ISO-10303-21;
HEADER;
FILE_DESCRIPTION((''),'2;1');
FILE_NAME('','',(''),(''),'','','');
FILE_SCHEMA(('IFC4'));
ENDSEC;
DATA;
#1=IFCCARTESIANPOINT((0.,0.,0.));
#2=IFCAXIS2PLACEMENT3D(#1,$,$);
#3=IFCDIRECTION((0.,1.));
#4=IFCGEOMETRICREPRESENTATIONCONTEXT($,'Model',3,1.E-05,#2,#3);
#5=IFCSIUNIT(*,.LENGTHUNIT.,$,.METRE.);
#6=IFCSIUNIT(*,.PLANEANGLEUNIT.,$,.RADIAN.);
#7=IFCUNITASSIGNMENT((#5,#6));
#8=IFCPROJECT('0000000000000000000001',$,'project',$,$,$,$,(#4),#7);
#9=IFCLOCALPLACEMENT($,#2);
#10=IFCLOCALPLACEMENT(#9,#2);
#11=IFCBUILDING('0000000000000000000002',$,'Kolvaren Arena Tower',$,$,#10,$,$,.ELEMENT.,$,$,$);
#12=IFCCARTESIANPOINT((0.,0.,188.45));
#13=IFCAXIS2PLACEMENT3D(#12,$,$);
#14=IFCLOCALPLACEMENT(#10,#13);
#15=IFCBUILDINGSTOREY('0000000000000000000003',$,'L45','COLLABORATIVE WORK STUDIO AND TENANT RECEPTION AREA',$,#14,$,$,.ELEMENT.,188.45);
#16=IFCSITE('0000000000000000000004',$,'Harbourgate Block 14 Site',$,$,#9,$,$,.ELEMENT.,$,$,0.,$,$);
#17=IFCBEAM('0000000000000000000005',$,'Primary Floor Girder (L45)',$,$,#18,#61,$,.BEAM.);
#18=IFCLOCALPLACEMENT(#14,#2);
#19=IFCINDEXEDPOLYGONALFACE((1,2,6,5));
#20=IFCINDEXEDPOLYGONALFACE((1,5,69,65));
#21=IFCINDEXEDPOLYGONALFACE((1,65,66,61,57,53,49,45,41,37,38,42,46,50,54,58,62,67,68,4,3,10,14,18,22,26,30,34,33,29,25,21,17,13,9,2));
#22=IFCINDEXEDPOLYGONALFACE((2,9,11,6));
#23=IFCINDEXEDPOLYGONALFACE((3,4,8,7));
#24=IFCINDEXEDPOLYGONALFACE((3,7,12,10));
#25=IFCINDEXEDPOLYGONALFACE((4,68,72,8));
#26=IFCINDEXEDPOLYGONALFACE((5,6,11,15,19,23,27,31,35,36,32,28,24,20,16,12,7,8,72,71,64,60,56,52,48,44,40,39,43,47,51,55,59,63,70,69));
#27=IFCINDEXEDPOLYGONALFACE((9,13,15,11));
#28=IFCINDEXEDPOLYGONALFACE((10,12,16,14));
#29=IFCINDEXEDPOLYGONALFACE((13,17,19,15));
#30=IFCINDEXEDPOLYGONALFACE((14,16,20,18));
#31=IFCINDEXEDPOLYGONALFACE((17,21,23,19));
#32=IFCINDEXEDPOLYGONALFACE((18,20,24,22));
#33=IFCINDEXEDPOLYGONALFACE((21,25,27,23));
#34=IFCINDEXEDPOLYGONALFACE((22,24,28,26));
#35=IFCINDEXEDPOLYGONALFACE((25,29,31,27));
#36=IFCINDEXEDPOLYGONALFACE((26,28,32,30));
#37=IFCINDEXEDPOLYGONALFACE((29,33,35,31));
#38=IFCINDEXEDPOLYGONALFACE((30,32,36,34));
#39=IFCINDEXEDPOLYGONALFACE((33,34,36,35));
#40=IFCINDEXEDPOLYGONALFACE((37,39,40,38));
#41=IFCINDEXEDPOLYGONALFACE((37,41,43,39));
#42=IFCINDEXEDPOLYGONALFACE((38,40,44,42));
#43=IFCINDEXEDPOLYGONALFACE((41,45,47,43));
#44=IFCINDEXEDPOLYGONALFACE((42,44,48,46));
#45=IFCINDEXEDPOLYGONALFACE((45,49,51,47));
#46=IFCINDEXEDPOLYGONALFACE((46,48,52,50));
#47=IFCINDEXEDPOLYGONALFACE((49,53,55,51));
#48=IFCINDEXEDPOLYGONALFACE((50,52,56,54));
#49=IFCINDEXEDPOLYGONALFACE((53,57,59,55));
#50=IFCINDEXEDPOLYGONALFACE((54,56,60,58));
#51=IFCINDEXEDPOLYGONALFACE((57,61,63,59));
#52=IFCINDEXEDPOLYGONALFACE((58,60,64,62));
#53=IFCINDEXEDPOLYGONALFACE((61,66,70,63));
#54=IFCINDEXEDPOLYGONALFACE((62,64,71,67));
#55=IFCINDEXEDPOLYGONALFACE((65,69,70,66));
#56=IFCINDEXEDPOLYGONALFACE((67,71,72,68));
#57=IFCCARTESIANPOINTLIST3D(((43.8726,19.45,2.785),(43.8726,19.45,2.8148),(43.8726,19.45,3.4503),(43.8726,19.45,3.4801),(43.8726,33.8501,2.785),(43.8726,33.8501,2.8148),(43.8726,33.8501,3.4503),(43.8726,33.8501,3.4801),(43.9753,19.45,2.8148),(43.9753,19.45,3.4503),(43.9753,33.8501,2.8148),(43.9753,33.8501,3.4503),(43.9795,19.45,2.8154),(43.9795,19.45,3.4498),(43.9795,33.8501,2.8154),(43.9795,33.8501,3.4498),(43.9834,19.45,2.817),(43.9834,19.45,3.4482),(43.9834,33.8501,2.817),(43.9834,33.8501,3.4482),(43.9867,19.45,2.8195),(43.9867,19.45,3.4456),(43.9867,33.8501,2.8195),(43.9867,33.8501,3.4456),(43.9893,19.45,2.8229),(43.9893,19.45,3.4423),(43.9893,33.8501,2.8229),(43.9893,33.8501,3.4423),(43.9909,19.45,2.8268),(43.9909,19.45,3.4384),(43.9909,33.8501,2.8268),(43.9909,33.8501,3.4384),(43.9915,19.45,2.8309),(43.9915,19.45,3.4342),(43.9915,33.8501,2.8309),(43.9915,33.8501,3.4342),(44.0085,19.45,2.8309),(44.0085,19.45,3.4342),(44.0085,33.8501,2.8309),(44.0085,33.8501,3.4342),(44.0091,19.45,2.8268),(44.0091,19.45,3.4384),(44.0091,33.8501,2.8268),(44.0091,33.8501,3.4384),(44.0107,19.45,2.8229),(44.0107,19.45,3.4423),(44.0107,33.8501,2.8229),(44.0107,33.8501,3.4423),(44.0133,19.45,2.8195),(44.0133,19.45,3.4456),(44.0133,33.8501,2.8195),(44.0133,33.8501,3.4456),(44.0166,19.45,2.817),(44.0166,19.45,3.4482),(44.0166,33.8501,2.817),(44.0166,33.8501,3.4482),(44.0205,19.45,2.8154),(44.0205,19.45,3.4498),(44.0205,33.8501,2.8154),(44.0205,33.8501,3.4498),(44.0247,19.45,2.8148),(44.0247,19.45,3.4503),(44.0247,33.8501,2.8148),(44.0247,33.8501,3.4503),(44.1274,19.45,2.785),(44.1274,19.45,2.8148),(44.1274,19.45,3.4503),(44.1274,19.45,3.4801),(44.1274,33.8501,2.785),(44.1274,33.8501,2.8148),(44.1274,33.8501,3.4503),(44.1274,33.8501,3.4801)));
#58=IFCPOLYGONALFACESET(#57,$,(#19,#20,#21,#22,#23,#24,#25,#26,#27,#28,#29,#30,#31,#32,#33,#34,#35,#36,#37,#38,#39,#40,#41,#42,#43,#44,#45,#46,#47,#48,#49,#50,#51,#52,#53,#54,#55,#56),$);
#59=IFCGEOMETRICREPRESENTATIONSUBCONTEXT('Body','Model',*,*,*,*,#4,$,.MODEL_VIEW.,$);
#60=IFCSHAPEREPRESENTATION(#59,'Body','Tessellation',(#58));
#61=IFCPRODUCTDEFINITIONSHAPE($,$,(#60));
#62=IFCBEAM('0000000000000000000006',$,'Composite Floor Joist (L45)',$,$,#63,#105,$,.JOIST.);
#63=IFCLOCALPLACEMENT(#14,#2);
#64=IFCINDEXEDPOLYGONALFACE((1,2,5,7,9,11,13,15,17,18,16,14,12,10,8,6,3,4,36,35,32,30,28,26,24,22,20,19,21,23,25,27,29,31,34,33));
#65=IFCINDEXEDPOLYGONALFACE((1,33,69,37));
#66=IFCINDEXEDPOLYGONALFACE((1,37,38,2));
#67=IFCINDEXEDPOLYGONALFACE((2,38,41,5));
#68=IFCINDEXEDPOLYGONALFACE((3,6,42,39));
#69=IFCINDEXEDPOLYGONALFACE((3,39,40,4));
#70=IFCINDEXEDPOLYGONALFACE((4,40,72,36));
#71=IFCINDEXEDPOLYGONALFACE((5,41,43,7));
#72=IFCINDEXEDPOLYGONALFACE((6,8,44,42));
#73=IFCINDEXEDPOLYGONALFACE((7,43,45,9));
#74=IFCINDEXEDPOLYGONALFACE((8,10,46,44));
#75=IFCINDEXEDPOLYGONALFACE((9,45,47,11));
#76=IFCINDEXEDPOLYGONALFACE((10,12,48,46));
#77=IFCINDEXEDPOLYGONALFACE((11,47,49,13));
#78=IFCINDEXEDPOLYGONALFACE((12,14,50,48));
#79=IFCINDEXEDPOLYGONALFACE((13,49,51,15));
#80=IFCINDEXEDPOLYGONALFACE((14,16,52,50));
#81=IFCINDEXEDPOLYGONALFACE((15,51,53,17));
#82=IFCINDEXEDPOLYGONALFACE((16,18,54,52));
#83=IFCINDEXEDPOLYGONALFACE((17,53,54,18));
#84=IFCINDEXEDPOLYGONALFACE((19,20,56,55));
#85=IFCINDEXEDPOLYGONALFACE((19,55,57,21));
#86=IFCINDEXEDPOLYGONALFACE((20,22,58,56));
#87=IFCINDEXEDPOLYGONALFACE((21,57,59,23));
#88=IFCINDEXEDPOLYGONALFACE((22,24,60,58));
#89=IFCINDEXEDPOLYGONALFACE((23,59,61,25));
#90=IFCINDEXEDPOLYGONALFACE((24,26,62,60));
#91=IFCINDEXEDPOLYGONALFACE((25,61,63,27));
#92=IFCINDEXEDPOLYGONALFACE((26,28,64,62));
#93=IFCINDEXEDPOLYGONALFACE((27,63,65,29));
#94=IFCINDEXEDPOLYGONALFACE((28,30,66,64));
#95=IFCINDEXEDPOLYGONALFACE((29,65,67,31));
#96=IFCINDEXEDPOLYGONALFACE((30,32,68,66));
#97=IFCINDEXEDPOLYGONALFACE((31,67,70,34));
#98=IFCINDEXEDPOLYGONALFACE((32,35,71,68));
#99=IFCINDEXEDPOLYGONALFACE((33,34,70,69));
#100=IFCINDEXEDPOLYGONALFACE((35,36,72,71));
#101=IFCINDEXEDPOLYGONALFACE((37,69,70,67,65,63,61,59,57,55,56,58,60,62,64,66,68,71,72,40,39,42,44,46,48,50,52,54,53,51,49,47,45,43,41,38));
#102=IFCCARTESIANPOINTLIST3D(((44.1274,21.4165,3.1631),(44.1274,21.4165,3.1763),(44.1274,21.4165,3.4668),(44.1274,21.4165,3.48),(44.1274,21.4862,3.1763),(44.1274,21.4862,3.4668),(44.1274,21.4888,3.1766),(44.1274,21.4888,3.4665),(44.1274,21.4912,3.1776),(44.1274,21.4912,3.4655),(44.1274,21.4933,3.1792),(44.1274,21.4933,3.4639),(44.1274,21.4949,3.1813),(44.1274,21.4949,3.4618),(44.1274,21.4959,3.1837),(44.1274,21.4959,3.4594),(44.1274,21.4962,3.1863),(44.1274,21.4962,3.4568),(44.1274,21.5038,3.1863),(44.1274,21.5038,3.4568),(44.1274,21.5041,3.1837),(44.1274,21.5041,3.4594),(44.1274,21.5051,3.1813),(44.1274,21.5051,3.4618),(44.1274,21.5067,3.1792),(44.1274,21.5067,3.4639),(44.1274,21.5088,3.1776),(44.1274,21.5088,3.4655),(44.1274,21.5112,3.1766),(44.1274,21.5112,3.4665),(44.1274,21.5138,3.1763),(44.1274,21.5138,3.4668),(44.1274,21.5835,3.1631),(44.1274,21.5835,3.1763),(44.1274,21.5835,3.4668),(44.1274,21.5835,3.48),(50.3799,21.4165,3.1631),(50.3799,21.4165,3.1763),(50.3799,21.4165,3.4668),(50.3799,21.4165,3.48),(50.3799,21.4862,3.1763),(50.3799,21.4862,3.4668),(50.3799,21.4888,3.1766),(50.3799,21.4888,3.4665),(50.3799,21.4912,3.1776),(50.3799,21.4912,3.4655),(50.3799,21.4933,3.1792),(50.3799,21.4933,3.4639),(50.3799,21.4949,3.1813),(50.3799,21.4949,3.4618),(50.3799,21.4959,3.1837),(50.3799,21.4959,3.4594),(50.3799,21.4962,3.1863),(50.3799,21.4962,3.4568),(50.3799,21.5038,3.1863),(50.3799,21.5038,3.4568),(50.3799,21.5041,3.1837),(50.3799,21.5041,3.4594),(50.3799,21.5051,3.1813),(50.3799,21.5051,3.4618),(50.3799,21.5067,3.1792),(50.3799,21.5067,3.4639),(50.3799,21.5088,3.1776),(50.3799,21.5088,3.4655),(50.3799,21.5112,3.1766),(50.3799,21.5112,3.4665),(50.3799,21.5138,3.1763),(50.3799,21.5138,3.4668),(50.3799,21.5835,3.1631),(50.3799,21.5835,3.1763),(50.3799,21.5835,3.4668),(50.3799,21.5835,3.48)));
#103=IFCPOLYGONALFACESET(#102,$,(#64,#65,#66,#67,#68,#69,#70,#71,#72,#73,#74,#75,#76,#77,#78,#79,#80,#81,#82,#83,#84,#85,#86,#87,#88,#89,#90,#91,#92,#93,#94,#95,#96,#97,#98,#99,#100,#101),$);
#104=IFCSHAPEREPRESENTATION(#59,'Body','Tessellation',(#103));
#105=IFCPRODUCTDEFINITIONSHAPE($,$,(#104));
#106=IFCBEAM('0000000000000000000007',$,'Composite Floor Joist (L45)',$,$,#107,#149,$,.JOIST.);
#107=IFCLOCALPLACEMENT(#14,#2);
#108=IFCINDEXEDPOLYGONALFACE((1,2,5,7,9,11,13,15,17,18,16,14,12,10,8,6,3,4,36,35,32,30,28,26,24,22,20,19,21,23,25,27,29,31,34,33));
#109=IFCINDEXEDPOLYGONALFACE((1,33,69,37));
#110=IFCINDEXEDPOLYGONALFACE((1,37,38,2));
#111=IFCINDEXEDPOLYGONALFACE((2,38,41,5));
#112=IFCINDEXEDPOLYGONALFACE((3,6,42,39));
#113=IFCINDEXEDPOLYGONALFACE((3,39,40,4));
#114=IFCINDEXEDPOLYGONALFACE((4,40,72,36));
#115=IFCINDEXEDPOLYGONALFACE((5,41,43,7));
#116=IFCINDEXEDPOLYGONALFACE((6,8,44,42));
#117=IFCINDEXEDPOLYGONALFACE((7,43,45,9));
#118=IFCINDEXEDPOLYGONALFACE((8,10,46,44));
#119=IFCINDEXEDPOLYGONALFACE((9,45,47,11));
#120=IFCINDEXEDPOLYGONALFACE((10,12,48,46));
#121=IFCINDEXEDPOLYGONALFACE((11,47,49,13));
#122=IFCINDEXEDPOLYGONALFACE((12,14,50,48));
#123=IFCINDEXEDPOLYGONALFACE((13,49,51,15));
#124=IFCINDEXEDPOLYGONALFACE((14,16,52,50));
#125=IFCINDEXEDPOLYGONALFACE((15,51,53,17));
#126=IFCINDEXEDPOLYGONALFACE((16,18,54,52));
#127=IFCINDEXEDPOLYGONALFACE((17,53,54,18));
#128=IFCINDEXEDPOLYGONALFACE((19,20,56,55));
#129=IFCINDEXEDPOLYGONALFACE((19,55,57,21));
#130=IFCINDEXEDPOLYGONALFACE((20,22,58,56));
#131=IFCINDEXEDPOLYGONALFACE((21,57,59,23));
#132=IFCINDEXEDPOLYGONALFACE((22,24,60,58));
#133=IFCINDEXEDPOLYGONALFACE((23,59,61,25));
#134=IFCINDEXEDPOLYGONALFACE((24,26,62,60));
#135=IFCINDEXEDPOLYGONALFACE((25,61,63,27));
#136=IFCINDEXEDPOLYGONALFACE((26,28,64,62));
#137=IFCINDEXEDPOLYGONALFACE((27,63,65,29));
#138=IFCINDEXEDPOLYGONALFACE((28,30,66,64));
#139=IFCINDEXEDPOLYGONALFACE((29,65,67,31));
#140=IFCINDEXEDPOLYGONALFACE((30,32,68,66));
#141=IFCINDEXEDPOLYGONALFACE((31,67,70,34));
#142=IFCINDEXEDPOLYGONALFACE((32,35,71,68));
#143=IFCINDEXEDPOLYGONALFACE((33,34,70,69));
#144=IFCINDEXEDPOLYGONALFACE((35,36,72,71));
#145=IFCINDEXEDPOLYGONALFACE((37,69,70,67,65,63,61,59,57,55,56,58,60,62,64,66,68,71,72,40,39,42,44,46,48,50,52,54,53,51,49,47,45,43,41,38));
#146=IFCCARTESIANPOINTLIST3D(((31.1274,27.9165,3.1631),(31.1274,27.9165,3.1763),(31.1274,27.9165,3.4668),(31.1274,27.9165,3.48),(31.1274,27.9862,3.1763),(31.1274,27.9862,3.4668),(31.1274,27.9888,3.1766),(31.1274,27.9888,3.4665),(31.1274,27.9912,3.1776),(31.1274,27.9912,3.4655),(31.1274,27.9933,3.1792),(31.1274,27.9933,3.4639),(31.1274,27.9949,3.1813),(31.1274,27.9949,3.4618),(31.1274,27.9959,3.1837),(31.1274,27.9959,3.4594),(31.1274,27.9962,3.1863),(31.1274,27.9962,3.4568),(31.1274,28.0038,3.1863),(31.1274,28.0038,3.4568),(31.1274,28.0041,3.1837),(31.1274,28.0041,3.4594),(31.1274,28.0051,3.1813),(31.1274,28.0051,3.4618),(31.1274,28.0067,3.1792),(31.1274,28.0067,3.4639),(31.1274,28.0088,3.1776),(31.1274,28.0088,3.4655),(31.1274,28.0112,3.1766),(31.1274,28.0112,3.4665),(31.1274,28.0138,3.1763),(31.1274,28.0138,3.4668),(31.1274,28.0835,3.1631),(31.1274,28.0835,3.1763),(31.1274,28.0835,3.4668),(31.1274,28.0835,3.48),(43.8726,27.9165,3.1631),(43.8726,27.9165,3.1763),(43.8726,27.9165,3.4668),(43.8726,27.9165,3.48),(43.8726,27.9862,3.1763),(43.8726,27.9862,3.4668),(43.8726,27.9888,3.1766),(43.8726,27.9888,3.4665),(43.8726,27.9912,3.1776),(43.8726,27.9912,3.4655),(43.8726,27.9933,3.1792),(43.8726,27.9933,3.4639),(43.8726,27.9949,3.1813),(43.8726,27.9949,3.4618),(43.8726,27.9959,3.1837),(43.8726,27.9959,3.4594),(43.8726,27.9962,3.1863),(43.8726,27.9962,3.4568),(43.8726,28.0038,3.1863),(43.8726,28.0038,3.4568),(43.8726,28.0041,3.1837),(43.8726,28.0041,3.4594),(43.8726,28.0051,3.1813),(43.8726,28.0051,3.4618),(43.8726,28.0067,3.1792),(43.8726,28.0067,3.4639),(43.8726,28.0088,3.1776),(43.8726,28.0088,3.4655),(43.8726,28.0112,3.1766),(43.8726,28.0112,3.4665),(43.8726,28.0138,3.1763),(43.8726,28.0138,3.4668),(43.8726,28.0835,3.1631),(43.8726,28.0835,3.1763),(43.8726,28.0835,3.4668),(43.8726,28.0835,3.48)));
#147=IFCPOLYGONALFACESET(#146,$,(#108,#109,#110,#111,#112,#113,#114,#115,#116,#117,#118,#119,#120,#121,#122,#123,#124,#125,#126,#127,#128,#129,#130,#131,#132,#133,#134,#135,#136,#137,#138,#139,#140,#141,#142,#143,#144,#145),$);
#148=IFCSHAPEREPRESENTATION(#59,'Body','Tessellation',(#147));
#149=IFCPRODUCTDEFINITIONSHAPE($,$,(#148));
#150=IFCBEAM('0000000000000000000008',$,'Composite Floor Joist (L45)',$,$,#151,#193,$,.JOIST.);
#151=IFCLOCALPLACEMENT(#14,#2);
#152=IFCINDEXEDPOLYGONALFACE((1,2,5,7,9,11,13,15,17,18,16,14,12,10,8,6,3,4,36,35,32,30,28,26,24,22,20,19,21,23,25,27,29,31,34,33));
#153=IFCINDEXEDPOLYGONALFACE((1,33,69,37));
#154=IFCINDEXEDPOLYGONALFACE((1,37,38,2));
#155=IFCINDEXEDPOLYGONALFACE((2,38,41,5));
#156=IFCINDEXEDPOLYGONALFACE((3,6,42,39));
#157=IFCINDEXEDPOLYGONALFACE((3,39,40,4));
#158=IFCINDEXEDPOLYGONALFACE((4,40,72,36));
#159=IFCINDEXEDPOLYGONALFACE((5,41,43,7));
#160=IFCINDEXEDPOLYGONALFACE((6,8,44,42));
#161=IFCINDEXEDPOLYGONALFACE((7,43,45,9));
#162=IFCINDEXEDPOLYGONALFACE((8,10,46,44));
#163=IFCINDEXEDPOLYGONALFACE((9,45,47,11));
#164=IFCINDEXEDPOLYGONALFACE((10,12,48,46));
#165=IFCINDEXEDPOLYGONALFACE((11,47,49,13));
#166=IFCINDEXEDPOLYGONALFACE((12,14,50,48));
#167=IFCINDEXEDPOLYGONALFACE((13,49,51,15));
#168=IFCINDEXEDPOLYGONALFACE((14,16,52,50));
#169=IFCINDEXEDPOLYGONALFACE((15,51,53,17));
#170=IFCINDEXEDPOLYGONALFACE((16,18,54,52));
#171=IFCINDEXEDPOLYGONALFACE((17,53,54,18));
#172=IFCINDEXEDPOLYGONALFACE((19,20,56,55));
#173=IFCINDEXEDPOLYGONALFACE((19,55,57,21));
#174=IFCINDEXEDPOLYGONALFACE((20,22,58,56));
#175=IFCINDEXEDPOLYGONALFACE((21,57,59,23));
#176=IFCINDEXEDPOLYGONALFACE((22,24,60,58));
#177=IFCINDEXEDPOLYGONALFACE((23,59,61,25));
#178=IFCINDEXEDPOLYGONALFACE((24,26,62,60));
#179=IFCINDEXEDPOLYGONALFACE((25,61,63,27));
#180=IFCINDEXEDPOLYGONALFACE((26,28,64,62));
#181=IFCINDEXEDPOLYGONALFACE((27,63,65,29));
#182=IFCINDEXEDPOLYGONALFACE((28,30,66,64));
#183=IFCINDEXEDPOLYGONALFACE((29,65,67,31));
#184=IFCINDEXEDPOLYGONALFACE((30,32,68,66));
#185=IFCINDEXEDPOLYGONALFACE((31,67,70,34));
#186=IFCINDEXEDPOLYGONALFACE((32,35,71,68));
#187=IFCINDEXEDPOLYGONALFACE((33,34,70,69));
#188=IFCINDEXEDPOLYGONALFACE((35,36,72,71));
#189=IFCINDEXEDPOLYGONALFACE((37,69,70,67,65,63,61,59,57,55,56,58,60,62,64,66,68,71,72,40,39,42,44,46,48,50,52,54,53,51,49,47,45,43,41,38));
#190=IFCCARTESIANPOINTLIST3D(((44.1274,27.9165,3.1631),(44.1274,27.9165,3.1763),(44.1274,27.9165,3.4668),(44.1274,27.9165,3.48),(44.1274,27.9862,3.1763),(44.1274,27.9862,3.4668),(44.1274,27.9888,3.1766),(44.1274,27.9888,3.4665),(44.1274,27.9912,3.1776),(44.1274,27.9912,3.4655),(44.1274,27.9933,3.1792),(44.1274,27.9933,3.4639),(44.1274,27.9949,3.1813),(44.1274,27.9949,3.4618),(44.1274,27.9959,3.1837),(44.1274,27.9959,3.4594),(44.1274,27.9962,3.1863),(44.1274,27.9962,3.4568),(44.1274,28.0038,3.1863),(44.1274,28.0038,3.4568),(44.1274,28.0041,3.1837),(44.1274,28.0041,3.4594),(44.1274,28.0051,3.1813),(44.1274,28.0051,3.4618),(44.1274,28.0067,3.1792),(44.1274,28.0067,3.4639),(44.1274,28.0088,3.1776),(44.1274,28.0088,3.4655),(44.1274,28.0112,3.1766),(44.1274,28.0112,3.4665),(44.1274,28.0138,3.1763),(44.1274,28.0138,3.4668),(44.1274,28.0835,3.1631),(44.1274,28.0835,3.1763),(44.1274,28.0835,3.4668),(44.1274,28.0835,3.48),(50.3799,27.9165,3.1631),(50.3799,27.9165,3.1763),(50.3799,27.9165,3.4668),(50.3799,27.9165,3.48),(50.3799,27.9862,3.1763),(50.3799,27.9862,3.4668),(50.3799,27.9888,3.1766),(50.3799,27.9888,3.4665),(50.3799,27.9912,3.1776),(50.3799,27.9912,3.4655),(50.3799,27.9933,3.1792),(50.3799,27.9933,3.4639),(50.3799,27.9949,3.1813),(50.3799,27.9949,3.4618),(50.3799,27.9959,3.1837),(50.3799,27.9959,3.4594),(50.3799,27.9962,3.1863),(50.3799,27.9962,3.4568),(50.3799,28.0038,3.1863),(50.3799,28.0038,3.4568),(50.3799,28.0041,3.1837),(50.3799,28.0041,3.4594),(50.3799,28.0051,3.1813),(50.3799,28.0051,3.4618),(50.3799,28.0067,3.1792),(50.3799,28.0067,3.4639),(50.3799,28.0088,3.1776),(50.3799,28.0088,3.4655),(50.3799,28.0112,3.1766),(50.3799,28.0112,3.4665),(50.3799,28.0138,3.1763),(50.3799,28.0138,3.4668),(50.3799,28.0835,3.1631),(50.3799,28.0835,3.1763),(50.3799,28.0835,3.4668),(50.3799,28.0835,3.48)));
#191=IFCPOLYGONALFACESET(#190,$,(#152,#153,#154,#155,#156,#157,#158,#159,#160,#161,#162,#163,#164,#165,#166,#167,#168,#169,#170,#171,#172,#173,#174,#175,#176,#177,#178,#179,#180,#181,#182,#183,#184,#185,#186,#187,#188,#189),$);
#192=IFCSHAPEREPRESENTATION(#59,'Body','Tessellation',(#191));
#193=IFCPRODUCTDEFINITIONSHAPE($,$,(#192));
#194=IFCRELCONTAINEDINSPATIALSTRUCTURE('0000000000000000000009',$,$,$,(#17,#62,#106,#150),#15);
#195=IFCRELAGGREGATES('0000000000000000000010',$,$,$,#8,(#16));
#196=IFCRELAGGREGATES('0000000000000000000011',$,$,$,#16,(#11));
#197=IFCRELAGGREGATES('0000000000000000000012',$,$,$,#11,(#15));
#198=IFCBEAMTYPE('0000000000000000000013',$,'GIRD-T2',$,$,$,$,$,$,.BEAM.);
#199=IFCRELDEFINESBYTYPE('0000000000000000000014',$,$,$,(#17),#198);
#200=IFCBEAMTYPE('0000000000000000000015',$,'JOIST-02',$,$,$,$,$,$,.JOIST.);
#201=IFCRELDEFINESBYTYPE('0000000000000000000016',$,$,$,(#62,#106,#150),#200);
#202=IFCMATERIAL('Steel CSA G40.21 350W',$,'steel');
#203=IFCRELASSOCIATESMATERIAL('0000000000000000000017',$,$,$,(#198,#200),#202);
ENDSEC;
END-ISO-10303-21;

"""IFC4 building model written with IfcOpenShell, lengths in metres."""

from ifc_helpers import new_model, si_unit, direction, frame, origin, origin_2d, place, context, subcontext, project, spatial, i_section, extrude, material, material_profile, profile_set, type_object, element, save


model = new_model("IFC4")

# Units and contexts
model_context = context("Model", 3, precision=1e-05, world=origin(), true_north=direction((0.0, 1.0)))
body_context = subcontext(model_context, "Body", "Model", "MODEL_VIEW")
ifc_project = project(units=[si_unit("LENGTHUNIT", "METRE"), si_unit("PLANEANGLEUNIT", "RADIAN")], contexts=[model_context])

# Site, building, storey
site_placement = place(None, origin())
site = spatial("IfcSite", under=ifc_project, at=site_placement, Name="Harbourgate Block 14 Site", CompositionType="ELEMENT", RefElevation=0.0)
building_placement = place(site_placement, origin())
building = spatial("IfcBuilding", under=site, at=building_placement, Name="Kolvaren Arena Tower", CompositionType="ELEMENT")
storey_placement = place(building_placement, frame((0.0, 0.0, 188.45)))
storey = spatial("IfcBuildingStorey", under=building, at=storey_placement, Name="L45", Description="COLLABORATIVE WORK STUDIO AND TENANT RECEPTION AREA", CompositionType="ELEMENT", Elevation=188.45)

# Beams
ifc_material_1 = material(Name="Steel CSA G40.21 350W", Category="steel")
ifc_material_profile_1 = material_profile(ifc_material_1, i_section(OverallWidth=0.2549, OverallDepth=0.6951, WebThickness=0.0171, FlangeThickness=0.0298, FilletRadius=0.0161, at=origin_2d()), Name="W690x217")
ifc_profile_set_1 = profile_set([ifc_material_profile_1], Name="Steel CSA G40.21 350W")
beam_type_1 = type_object("IfcBeamType", Name="GIRD-T2", PredefinedType="BEAM", material=ifc_profile_set_1)
beam_1_placement = place(storey_placement, frame((44.0, 19.45, 3.1326), z_axis=(0.0, 1.0, 0.0), x_axis=(-1.0, 0.0, 0.0)))
element("IfcBeam", 1, at=beam_1_placement, inside=storey, type_object=beam_type_1, Name="Primary Floor Girder (L45)", PredefinedType="BEAM", context=body_context, shape_type="SweptSolid", body=[
    extrude(i_section(OverallWidth=0.2549, OverallDepth=0.6951, WebThickness=0.0171, FlangeThickness=0.0298, FilletRadius=0.0161, at=origin_2d()), origin(), (0.0, 0.0, 1.0), 14.4001),
])
ifc_material_profile_2 = material_profile(ifc_material_1, i_section(OverallWidth=0.167, OverallDepth=0.3169, WebThickness=0.0076, FlangeThickness=0.0132, FilletRadius=0.01, at=origin_2d()), Name="W310x52")
ifc_profile_set_2 = profile_set([ifc_material_profile_2], Name="Steel CSA G40.21 350W")
beam_type_2 = type_object("IfcBeamType", Name="JOIST-02", PredefinedType="JOIST", material=ifc_profile_set_2)
beam_2_placement = place(storey_placement, frame((44.1274, 21.5, 3.3215), z_axis=(1.0, 0.0, 0.0), x_axis=(0.0, 1.0, 0.0)))
element("IfcBeam", 2, at=beam_2_placement, inside=storey, type_object=beam_type_2, Name="Composite Floor Joist (L45)", PredefinedType="JOIST", context=body_context, shape_type="SweptSolid", body=[
    extrude(i_section(OverallWidth=0.167, OverallDepth=0.3169, WebThickness=0.0076, FlangeThickness=0.0132, FilletRadius=0.01, at=origin_2d()), origin(), (0.0, 0.0, 1.0), 6.2524),
])
beam_3_placement = place(storey_placement, frame((31.1274, 28.0, 3.3215), z_axis=(1.0, 0.0, 0.0), x_axis=(0.0, 1.0, 0.0)))
element("IfcBeam", 3, at=beam_3_placement, inside=storey, type_object=beam_type_2, Name="Composite Floor Joist (L45)", PredefinedType="JOIST", context=body_context, shape_type="SweptSolid", body=[
    extrude(i_section(OverallWidth=0.167, OverallDepth=0.3169, WebThickness=0.0076, FlangeThickness=0.0132, FilletRadius=0.01, at=origin_2d()), origin(), (0.0, 0.0, 1.0), 12.7451),
])
beam_4_placement = place(storey_placement, frame((44.1274, 28.0, 3.3215), z_axis=(1.0, 0.0, 0.0), x_axis=(0.0, 1.0, 0.0)))
element("IfcBeam", 4, at=beam_4_placement, inside=storey, type_object=beam_type_2, Name="Composite Floor Joist (L45)", PredefinedType="JOIST", context=body_context, shape_type="SweptSolid", body=[
    extrude(i_section(OverallWidth=0.167, OverallDepth=0.3169, WebThickness=0.0076, FlangeThickness=0.0132, FilletRadius=0.01, at=origin_2d()), origin(), (0.0, 0.0, 1.0), 6.2524),
])

save(model, "model.ifc")
